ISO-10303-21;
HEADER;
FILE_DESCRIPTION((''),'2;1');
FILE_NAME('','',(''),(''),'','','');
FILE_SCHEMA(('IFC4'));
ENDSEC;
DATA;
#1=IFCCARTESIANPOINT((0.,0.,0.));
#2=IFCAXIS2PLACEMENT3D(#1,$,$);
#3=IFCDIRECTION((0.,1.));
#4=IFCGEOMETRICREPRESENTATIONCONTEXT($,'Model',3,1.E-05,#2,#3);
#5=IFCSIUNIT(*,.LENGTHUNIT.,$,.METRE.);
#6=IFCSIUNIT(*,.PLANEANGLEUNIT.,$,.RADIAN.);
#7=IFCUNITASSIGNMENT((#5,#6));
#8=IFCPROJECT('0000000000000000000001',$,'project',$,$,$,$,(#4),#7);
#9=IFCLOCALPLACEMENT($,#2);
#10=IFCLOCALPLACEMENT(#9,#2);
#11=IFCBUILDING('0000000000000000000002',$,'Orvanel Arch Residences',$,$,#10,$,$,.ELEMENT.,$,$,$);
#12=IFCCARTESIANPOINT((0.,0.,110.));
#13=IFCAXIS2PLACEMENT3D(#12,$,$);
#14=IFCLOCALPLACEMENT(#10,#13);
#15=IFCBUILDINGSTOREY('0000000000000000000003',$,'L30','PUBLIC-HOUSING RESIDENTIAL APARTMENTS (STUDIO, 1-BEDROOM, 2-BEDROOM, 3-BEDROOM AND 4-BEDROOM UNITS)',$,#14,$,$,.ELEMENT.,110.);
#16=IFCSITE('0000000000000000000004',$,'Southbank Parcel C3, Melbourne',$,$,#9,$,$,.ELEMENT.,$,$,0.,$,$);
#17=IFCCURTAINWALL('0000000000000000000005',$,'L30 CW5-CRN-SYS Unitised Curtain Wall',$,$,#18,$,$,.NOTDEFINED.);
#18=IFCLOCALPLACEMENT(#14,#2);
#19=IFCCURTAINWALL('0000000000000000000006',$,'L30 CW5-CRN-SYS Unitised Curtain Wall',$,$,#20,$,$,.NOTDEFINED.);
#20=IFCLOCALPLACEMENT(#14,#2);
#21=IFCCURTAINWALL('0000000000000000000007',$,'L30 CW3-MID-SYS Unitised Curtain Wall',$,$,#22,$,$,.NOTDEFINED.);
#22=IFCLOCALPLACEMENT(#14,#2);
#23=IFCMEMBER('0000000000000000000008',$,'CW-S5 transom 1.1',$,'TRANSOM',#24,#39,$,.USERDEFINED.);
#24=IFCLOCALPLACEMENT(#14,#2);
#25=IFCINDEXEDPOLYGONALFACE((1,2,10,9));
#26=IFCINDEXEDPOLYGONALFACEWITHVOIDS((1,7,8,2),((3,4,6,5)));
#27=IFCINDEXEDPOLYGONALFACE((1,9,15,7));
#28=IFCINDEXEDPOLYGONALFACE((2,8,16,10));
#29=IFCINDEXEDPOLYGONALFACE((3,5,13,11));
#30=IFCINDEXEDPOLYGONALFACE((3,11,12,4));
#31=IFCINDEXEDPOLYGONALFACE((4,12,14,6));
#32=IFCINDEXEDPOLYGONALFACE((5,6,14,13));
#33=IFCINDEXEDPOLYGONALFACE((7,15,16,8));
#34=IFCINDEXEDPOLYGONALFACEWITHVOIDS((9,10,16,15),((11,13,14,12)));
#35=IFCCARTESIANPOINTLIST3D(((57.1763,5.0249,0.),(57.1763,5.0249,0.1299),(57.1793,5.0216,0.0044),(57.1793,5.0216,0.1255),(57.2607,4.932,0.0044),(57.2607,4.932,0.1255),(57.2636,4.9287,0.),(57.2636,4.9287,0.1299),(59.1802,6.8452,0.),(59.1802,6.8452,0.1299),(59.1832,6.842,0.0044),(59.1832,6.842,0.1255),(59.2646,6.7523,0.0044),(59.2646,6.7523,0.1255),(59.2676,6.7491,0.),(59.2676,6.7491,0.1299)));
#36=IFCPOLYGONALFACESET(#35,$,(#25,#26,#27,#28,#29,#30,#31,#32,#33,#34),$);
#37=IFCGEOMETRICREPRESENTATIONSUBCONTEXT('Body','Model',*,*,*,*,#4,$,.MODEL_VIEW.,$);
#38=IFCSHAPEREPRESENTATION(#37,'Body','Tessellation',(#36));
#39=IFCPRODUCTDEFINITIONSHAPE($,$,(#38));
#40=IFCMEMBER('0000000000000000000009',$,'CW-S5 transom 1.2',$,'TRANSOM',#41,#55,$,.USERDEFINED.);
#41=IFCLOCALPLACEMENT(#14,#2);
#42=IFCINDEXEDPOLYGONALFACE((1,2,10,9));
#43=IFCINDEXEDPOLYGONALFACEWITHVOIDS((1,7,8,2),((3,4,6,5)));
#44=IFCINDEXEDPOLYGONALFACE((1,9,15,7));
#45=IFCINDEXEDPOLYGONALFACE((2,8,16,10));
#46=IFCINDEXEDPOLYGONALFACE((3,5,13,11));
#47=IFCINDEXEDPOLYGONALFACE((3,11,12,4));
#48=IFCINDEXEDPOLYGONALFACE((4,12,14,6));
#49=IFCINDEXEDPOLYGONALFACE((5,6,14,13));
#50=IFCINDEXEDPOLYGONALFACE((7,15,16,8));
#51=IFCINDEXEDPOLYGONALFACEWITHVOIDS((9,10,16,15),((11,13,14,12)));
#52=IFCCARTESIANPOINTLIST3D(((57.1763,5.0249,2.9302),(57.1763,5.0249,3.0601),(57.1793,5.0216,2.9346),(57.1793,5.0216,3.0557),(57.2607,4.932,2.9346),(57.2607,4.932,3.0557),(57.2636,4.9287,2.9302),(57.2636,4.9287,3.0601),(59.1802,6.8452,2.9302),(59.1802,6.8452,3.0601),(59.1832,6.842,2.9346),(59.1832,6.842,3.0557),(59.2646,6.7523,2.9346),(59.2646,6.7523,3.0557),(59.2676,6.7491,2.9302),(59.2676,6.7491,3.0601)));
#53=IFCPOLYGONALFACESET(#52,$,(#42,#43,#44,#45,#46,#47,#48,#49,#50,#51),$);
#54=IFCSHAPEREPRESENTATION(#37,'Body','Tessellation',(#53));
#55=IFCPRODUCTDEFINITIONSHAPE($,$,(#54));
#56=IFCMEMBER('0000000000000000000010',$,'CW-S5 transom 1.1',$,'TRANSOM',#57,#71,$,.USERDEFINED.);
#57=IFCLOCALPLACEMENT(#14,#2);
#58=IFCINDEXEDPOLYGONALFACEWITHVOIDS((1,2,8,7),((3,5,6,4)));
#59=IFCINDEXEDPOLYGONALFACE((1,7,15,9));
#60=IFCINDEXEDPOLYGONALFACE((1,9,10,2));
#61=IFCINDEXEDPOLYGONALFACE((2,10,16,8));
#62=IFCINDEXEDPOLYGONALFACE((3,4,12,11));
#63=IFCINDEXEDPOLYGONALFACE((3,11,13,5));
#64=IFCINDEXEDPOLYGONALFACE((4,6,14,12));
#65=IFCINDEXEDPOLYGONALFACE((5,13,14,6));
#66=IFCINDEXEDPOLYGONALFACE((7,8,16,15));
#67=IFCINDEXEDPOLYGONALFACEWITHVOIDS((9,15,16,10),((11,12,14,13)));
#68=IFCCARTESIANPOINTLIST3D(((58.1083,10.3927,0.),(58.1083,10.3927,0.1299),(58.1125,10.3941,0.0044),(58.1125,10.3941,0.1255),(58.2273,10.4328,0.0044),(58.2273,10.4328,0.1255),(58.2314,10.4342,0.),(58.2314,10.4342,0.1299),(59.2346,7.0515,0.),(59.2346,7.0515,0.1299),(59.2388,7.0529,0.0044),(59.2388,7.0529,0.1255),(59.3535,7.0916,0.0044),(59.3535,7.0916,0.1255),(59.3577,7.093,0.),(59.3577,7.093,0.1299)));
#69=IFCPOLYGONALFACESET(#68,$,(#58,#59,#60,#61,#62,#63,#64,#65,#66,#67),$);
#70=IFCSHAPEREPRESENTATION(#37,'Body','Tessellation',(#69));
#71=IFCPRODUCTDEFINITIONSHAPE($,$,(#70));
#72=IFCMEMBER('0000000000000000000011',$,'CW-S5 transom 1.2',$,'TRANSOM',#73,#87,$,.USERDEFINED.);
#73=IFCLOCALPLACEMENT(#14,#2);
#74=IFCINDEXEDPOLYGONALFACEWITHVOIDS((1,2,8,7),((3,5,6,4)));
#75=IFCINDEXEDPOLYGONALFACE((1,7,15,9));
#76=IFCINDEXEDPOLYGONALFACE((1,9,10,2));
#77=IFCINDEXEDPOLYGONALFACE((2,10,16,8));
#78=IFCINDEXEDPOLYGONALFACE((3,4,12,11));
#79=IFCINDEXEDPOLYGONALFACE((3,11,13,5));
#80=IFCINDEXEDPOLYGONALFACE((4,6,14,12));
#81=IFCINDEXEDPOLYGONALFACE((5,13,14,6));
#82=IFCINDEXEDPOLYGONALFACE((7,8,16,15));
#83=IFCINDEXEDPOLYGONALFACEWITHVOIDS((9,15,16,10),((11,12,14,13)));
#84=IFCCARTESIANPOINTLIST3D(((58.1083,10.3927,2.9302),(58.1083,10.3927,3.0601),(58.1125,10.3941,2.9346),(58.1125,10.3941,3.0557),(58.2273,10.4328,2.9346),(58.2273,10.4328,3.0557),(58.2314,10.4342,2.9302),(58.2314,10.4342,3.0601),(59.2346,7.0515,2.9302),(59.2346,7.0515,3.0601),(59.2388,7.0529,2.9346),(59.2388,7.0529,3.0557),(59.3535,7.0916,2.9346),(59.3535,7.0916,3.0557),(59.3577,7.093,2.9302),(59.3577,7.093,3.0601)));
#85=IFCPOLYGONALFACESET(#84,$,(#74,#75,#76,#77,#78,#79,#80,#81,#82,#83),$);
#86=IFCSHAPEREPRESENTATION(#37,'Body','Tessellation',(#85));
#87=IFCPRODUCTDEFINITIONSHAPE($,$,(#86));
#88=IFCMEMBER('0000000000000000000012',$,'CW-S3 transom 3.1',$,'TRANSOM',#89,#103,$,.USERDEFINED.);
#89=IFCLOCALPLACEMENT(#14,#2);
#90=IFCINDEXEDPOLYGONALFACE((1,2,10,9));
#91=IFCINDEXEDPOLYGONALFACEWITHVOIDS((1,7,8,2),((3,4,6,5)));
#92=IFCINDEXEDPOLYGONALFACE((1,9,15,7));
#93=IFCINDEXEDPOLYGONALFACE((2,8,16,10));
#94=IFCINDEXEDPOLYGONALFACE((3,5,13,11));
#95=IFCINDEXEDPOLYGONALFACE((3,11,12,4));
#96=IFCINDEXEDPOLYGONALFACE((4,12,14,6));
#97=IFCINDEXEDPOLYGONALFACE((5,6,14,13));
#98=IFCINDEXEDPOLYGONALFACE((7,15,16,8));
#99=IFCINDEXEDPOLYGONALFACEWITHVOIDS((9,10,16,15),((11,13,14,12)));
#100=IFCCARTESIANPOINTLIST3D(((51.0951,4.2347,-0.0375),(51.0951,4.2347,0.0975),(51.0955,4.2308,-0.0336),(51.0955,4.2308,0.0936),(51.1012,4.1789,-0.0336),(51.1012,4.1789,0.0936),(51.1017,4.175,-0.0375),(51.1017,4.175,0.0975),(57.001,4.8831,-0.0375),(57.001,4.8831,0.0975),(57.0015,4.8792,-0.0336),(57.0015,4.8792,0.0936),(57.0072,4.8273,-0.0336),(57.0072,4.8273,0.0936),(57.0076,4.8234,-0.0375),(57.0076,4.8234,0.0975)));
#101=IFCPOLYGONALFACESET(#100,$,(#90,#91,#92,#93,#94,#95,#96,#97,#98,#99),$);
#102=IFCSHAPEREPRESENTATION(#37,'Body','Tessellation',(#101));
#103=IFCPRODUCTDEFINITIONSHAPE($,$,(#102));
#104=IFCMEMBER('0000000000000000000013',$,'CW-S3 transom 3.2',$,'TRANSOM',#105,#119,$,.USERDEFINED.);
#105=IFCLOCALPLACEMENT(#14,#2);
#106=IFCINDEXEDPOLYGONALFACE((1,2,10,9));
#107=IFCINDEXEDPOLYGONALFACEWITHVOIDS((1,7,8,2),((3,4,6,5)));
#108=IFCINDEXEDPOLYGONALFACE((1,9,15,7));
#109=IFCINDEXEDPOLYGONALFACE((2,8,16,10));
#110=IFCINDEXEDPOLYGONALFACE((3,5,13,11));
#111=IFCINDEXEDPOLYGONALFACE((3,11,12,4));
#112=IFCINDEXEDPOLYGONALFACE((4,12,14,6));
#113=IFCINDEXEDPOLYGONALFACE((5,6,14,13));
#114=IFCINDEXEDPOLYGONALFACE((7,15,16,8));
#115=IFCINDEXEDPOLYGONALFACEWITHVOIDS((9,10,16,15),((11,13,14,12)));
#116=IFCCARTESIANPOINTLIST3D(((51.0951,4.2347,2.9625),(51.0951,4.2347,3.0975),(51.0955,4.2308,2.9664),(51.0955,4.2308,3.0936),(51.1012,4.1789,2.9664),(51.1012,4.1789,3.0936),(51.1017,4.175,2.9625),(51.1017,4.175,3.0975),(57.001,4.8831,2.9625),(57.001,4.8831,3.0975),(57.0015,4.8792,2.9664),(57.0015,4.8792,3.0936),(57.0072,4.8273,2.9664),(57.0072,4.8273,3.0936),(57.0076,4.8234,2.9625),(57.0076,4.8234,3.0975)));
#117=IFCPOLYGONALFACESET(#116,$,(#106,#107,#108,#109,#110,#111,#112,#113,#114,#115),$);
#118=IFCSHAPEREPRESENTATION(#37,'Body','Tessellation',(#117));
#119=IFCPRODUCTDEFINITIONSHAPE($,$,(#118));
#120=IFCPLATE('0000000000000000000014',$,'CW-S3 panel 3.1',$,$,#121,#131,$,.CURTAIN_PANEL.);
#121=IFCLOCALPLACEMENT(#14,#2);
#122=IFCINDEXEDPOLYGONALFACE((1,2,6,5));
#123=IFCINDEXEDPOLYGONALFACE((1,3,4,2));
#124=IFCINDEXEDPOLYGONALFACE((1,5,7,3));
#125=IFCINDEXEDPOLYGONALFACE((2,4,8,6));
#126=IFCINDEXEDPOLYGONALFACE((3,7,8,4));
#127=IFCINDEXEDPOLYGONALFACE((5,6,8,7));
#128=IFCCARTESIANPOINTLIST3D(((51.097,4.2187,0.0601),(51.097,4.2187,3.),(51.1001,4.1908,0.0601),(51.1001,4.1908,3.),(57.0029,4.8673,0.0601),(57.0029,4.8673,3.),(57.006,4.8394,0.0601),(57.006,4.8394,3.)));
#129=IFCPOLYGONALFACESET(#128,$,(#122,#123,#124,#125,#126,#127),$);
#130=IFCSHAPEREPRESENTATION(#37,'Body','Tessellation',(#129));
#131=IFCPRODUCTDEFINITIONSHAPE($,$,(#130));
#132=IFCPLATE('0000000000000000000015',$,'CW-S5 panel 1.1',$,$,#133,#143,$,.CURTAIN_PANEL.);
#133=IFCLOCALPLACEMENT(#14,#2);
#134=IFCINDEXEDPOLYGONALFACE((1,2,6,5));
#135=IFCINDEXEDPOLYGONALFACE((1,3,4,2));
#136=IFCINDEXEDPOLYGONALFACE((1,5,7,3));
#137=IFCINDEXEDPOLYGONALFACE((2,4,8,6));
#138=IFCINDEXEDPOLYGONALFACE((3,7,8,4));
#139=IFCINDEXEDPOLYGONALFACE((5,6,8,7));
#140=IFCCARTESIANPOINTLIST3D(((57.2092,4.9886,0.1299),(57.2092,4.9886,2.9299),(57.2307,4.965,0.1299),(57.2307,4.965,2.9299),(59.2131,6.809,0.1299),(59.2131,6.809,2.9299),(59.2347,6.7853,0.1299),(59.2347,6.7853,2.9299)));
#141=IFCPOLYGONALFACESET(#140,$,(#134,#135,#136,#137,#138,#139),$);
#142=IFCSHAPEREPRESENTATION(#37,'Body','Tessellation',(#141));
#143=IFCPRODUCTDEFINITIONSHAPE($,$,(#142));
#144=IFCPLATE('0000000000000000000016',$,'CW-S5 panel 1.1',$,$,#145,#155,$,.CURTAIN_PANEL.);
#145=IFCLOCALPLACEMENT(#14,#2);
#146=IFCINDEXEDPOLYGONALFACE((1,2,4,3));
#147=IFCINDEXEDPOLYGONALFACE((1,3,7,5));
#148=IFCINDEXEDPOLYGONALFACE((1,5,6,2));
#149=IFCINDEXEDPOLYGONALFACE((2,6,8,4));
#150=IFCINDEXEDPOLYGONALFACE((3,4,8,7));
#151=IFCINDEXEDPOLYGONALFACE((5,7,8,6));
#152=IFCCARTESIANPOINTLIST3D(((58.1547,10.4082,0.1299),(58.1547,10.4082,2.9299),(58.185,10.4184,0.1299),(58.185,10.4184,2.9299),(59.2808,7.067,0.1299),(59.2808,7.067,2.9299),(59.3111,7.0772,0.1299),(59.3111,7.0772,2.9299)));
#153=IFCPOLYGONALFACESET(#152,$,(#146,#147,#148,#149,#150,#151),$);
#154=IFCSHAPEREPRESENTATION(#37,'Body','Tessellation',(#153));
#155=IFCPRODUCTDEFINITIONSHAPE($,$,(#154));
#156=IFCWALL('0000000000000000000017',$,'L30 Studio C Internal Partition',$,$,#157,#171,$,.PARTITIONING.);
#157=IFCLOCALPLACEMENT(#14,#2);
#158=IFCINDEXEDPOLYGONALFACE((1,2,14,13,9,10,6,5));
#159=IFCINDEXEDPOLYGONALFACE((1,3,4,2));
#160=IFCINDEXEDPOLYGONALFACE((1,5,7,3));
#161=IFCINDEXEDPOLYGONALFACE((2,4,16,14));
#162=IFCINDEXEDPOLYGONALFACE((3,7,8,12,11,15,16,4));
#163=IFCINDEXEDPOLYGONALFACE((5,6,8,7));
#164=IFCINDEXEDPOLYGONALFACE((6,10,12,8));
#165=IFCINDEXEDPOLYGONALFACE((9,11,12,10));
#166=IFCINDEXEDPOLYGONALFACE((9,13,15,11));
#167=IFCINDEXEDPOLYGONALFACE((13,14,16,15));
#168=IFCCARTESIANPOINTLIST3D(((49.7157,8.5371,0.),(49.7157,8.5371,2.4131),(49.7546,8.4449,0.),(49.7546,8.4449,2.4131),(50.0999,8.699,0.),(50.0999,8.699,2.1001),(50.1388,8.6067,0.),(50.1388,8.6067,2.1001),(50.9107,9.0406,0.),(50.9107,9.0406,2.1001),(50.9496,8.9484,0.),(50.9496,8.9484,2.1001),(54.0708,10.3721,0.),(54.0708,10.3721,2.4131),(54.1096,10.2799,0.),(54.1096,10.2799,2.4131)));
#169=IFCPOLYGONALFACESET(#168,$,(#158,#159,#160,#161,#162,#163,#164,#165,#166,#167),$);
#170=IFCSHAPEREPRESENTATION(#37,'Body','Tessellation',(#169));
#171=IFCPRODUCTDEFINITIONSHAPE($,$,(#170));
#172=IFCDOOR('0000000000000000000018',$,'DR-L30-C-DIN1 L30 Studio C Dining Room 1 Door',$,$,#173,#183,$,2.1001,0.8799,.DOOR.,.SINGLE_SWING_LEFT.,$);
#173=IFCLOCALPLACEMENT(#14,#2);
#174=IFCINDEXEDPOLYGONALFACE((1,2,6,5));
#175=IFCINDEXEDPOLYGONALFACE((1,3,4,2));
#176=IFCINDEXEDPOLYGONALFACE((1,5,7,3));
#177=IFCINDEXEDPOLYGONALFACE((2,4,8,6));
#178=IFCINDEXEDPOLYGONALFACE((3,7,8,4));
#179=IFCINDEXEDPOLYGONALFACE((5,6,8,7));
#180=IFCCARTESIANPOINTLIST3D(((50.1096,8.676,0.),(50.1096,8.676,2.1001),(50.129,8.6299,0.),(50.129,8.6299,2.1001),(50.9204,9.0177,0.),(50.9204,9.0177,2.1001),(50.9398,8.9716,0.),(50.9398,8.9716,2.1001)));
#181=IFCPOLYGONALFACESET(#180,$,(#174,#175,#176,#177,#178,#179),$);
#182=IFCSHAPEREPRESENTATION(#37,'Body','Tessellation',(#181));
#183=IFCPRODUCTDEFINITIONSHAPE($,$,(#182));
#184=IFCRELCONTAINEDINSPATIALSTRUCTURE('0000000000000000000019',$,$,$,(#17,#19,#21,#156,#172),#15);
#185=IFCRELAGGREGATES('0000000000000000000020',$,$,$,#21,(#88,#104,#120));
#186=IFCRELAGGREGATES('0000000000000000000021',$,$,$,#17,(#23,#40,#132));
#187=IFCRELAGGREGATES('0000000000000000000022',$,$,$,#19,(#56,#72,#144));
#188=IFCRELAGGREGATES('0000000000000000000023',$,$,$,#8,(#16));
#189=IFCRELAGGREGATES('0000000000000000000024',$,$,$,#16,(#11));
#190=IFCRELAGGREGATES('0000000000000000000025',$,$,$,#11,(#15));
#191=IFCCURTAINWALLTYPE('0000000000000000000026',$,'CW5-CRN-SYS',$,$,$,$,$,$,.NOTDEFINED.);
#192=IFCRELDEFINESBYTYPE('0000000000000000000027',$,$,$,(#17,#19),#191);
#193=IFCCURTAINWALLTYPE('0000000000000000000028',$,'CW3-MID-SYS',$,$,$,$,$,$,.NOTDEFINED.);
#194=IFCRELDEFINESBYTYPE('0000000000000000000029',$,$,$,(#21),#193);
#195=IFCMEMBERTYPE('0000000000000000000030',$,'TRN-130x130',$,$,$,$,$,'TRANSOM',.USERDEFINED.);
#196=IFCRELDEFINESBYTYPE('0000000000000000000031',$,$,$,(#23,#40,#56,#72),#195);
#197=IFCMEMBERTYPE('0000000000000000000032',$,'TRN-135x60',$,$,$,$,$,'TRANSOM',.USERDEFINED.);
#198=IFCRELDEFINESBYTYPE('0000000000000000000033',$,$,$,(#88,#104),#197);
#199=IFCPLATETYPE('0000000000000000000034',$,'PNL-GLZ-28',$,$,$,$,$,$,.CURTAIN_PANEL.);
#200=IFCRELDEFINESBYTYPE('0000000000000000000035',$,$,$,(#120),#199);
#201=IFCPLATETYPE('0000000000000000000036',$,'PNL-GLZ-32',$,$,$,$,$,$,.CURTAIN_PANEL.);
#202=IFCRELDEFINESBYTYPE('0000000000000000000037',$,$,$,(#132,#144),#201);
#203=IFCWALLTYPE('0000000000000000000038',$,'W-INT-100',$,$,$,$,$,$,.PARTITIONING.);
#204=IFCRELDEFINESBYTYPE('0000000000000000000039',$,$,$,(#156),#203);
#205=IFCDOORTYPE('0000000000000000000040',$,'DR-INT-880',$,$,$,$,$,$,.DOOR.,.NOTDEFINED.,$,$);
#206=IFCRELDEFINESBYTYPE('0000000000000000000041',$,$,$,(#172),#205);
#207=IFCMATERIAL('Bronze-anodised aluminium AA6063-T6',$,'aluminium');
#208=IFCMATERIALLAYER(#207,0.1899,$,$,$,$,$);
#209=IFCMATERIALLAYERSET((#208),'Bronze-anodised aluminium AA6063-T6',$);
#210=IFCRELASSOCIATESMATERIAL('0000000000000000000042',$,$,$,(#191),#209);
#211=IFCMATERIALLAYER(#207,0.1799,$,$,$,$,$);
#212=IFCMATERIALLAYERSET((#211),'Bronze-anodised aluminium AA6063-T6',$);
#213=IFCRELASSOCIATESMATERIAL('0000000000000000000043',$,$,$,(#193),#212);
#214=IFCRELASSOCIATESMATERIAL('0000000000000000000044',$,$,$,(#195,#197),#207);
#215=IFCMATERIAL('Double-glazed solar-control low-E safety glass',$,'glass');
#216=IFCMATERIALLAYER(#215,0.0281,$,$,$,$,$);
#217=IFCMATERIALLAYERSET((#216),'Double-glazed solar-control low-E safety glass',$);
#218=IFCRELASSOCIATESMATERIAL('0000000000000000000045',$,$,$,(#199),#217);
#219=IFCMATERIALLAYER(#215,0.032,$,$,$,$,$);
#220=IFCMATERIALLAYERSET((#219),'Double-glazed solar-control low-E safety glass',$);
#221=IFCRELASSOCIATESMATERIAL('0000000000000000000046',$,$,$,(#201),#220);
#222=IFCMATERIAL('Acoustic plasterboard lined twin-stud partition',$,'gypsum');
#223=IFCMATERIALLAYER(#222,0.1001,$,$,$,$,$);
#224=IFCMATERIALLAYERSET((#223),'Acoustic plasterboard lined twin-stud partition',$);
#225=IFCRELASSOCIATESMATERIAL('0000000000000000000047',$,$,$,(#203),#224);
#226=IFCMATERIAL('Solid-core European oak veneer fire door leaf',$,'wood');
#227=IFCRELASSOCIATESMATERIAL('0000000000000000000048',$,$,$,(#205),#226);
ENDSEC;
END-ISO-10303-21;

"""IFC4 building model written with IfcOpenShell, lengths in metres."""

from ifc_helpers import new_model, si_unit, direction, frame, frame_2d, origin, origin_2d, place, context, subcontext, project, spatial, rectangle, hollow_rectangle, extrude, material, layer, layer_set, material_profile, profile_set, type_object, element, fill, aggregate, save


model = new_model("IFC4")

# Units and contexts
model_context = context("Model", 3, precision=1e-05, world=origin(), true_north=direction((0.0, 1.0)))
body_context = subcontext(model_context, "Body", "Model", "MODEL_VIEW")
ifc_project = project(units=[si_unit("LENGTHUNIT", "METRE"), si_unit("PLANEANGLEUNIT", "RADIAN")], contexts=[model_context])

# Site, building, storey
site_placement = place(None, origin())
site = spatial("IfcSite", under=ifc_project, at=site_placement, Name="Southbank Parcel C3, Melbourne", CompositionType="ELEMENT", RefElevation=0.0)
building_placement = place(site_placement, origin())
building = spatial("IfcBuilding", under=site, at=building_placement, Name="Orvanel Arch Residences", CompositionType="ELEMENT")
storey_placement = place(building_placement, frame((0.0, 0.0, 110.0)))
storey = spatial("IfcBuildingStorey", under=building, at=storey_placement, Name="L30", Description="PUBLIC-HOUSING RESIDENTIAL APARTMENTS (STUDIO, 1-BEDROOM, 2-BEDROOM, 3-BEDROOM AND 4-BEDROOM UNITS)", CompositionType="ELEMENT", Elevation=110.0)

# Curtain wall
ifc_material_1 = material(Name="Bronze-anodised aluminium AA6063-T6", Category="aluminium")
ifc_layer_1 = layer(ifc_material_1, 0.1899)
ifc_layer_set_1 = layer_set([ifc_layer_1], Name="Bronze-anodised aluminium AA6063-T6")
curtain_wall_type_1 = type_object("IfcCurtainWallType", Name="CW5-CRN-SYS", PredefinedType="NOTDEFINED", material=ifc_layer_set_1)
curtain_wall_1_placement = place(storey_placement, origin())
curtain_wall_1 = element("IfcCurtainWall", 1, at=curtain_wall_1_placement, inside=storey, type_object=curtain_wall_type_1, Name="L30 CW5-CRN-SYS Unitised Curtain Wall", PredefinedType="NOTDEFINED")

# Curtain wall
curtain_wall_2_placement = place(storey_placement, origin())
curtain_wall_2 = element("IfcCurtainWall", 2, at=curtain_wall_2_placement, inside=storey, type_object=curtain_wall_type_1, Name="L30 CW5-CRN-SYS Unitised Curtain Wall", PredefinedType="NOTDEFINED")

# Curtain wall
ifc_layer_2 = layer(ifc_material_1, 0.1799)
ifc_layer_set_2 = layer_set([ifc_layer_2], Name="Bronze-anodised aluminium AA6063-T6")
curtain_wall_type_2 = type_object("IfcCurtainWallType", Name="CW3-MID-SYS", PredefinedType="NOTDEFINED", material=ifc_layer_set_2)
curtain_wall_3_placement = place(storey_placement, origin())
curtain_wall_3 = element("IfcCurtainWall", 3, at=curtain_wall_3_placement, inside=storey, type_object=curtain_wall_type_2, Name="L30 CW3-MID-SYS Unitised Curtain Wall", PredefinedType="NOTDEFINED")

# Members
ifc_material_profile_1 = material_profile(ifc_material_1, hollow_rectangle(XDim=0.1299, YDim=0.1299, WallThickness=0.0044, at=origin_2d()), Name="ALU130x130x4.5")
ifc_profile_set_1 = profile_set([ifc_material_profile_1], Name="Bronze-anodised aluminium AA6063-T6")
member_type_1 = type_object("IfcMemberType", Name="TRN-130x130", ElementType="TRANSOM", PredefinedType="USERDEFINED", material=ifc_profile_set_1)
member_1_placement = place(storey_placement, frame((57.22, 4.9768, 0.0649), z_axis=(0.740201, 0.672385, 0.0), x_axis=(-0.672385, 0.740201, 0.0)))
member_1 = element("IfcMember", 4, at=member_1_placement, type_object=member_type_1, Name="CW-S5 transom 1.1", ObjectType="TRANSOM", PredefinedType="USERDEFINED", context=body_context, shape_type="SweptSolid", body=[
    extrude(hollow_rectangle(XDim=0.1299, YDim=0.1299, WallThickness=0.0044, at=origin_2d()), origin(), (0.0, 0.0, 1.0), 2.7073),
])
member_2_placement = place(storey_placement, frame((57.22, 4.9768, 2.9951), z_axis=(0.740201, 0.672385, 0.0), x_axis=(-0.672385, 0.740201, 0.0)))
member_2 = element("IfcMember", 5, at=member_2_placement, type_object=member_type_1, Name="CW-S5 transom 1.2", ObjectType="TRANSOM", PredefinedType="USERDEFINED", context=body_context, shape_type="SweptSolid", body=[
    extrude(hollow_rectangle(XDim=0.1299, YDim=0.1299, WallThickness=0.0044, at=origin_2d()), origin(), (0.0, 0.0, 1.0), 2.7073),
])
member_3_placement = place(storey_placement, frame((59.2961, 7.0723, 0.0649), z_axis=(-0.319425, 0.947612, 0.0), x_axis=(-0.947612, -0.319425, 0.0)))
member_3 = element("IfcMember", 6, at=member_3_placement, type_object=member_type_1, Name="CW-S5 transom 1.1", ObjectType="TRANSOM", PredefinedType="USERDEFINED", context=body_context, shape_type="SweptSolid", body=[
    extrude(hollow_rectangle(XDim=0.1299, YDim=0.1299, WallThickness=0.0044, at=origin_2d()), origin(), (0.0, 0.0, 1.0), 3.5259),
])
member_4_placement = place(storey_placement, frame((59.2961, 7.0723, 2.9951), z_axis=(-0.319425, 0.947612, 0.0), x_axis=(-0.947612, -0.319425, 0.0)))
member_4 = element("IfcMember", 7, at=member_4_placement, type_object=member_type_1, Name="CW-S5 transom 1.2", ObjectType="TRANSOM", PredefinedType="USERDEFINED", context=body_context, shape_type="SweptSolid", body=[
    extrude(hollow_rectangle(XDim=0.1299, YDim=0.1299, WallThickness=0.0044, at=origin_2d()), origin(), (0.0, 0.0, 1.0), 3.5259),
])
ifc_material_profile_2 = material_profile(ifc_material_1, hollow_rectangle(XDim=0.0601, YDim=0.135, WallThickness=0.0039, at=origin_2d()), Name="ALU135x60x4")
ifc_profile_set_2 = profile_set([ifc_material_profile_2], Name="Bronze-anodised aluminium AA6063-T6")
member_type_2 = type_object("IfcMemberType", Name="TRN-135x60", ElementType="TRANSOM", PredefinedType="USERDEFINED", material=ifc_profile_set_2)
member_5_placement = place(storey_placement, frame((51.0984, 4.2048, 0.03), z_axis=(0.994027, 0.109137, 0.0), x_axis=(-0.109137, 0.994027, 0.0)))
member_5 = element("IfcMember", 8, at=member_5_placement, type_object=member_type_2, Name="CW-S3 transom 3.1", ObjectType="TRANSOM", PredefinedType="USERDEFINED", context=body_context, shape_type="SweptSolid", body=[
    extrude(hollow_rectangle(XDim=0.0601, YDim=0.135, WallThickness=0.0039, at=origin_2d()), origin(), (0.0, 0.0, 1.0), 5.9414),
])
member_6_placement = place(storey_placement, frame((51.0984, 4.2048, 3.03), z_axis=(0.994027, 0.109137, 0.0), x_axis=(-0.109137, 0.994027, 0.0)))
member_6 = element("IfcMember", 9, at=member_6_placement, type_object=member_type_2, Name="CW-S3 transom 3.2", ObjectType="TRANSOM", PredefinedType="USERDEFINED", context=body_context, shape_type="SweptSolid", body=[
    extrude(hollow_rectangle(XDim=0.0601, YDim=0.135, WallThickness=0.0039, at=origin_2d()), origin(), (0.0, 0.0, 1.0), 5.9414),
])

# Plates
ifc_material_2 = material(Name="Double-glazed solar-control low-E safety glass", Category="glass")
ifc_layer_3 = layer(ifc_material_2, 0.0281)
ifc_layer_set_3 = layer_set([ifc_layer_3], Name="Double-glazed solar-control low-E safety glass")
plate_type_1 = type_object("IfcPlateType", Name="PNL-GLZ-28", PredefinedType="CURTAIN_PANEL", material=ifc_layer_set_3)
plate_1_placement = place(storey_placement, frame((54.0515, 4.5291, 0.0601), z_axis=(0.0, 0.0, 1.0), x_axis=(0.994025, 0.109155, 0.0)))
plate_1 = element("IfcPlate", 10, at=plate_1_placement, type_object=plate_type_1, Name="CW-S3 panel 3.1", PredefinedType="CURTAIN_PANEL", context=body_context, shape_type="SweptSolid", body=[
    extrude(rectangle(XDim=5.9414, YDim=0.0281, at=origin_2d()), origin(), (0.0, 0.0, 1.0), 2.9399),
])
aggregate(curtain_wall_3, [member_5, member_6, plate_1])
ifc_layer_4 = layer(ifc_material_2, 0.032)
ifc_layer_set_4 = layer_set([ifc_layer_4], Name="Double-glazed solar-control low-E safety glass")
plate_type_2 = type_object("IfcPlateType", Name="PNL-GLZ-32", PredefinedType="CURTAIN_PANEL", material=ifc_layer_set_4)
plate_2_placement = place(storey_placement, frame((58.2219, 5.887, 0.1299), z_axis=(0.0, 0.0, 1.0), x_axis=(0.740211, 0.672375, 0.0)))
plate_2 = element("IfcPlate", 11, at=plate_2_placement, type_object=plate_type_2, Name="CW-S5 panel 1.1", PredefinedType="CURTAIN_PANEL", context=body_context, shape_type="SweptSolid", body=[
    extrude(rectangle(XDim=2.7073, YDim=0.032, at=origin_2d()), origin(), (0.0, 0.0, 1.0), 2.8),
])
aggregate(curtain_wall_1, [member_1, member_2, plate_2])
plate_3_placement = place(storey_placement, frame((58.7329, 8.7427, 0.1299), z_axis=(0.0, 0.0, 1.0), x_axis=(-0.319385, 0.947625, 0.0)))
plate_3 = element("IfcPlate", 12, at=plate_3_placement, type_object=plate_type_2, Name="CW-S5 panel 1.1", PredefinedType="CURTAIN_PANEL", context=body_context, shape_type="SweptSolid", body=[
    extrude(rectangle(XDim=3.5259, YDim=0.032, at=origin_2d()), origin(), (0.0, 0.0, 1.0), 2.8),
])
aggregate(curtain_wall_2, [member_3, member_4, plate_3])

# Wall, opening, door
ifc_material_3 = material(Name="Acoustic plasterboard lined twin-stud partition", Category="gypsum")
ifc_layer_5 = layer(ifc_material_3, 0.1001)
ifc_layer_set_5 = layer_set([ifc_layer_5], Name="Acoustic plasterboard lined twin-stud partition")
wall_type_1 = type_object("IfcWallType", Name="W-INT-100", PredefinedType="PARTITIONING", material=ifc_layer_set_5)
wall_1_placement = place(storey_placement, frame((54.0901, 10.3259, 0.0), z_axis=(0.0, 0.0, 1.0), x_axis=(-0.921538, -0.388288, 0.0)))
wall_1 = element("IfcWall", 13, at=wall_1_placement, inside=storey, type_object=wall_type_1, Name="L30 Studio C Internal Partition", PredefinedType="PARTITIONING", context=body_context, shape_type="SweptSolid", body=[
    extrude(rectangle(XDim=4.7258, YDim=0.1001, at=frame_2d((2.3628, 0.0))), origin(), (0.0, 0.0, 1.0), 2.4131),
])
opening_placement = place(wall_1_placement, frame((3.429, 0.0, 0.0)))
opening = element("IfcOpeningElement", 14, at=opening_placement, cuts=wall_1, PredefinedType="OPENING", context=body_context, shape_type="SweptSolid", body=[
    extrude(rectangle(XDim=0.8799, YDim=2.1001, at=frame_2d((0.4399, 1.05))), frame((0.0, 0.0601, 0.0), z_axis=(0.0, -1.0, 0.0), x_axis=(1.0, 0.0, 0.0)), (0.0, 0.0, 1.0), 0.1201),
])
ifc_material_4 = material(Name="Solid-core European oak veneer fire door leaf", Category="wood")
door_type = type_object("IfcDoorType", Name="DR-INT-880", OperationType="NOTDEFINED", PredefinedType="DOOR", material=ifc_material_4)
door_placement = place(opening_placement, origin())
door = element("IfcDoor", 15, at=door_placement, inside=storey, type_object=door_type, Name="DR-L30-C-DIN1 L30 Studio C Dining Room 1 Door", OperationType="SINGLE_SWING_LEFT", OverallHeight=2.1001, OverallWidth=0.8799, PredefinedType="DOOR", context=body_context, shape_type="SweptSolid", body=[
    extrude(rectangle(XDim=0.8799, YDim=2.1001, at=frame_2d((0.4399, 1.05))), frame((0.0, 0.0249, 0.0), z_axis=(0.0, -1.0, 0.0), x_axis=(1.0, 0.0, 0.0)), (0.0, 0.0, 1.0), 0.05),
])
fill(opening, door)

save(model, "model.ifc")
